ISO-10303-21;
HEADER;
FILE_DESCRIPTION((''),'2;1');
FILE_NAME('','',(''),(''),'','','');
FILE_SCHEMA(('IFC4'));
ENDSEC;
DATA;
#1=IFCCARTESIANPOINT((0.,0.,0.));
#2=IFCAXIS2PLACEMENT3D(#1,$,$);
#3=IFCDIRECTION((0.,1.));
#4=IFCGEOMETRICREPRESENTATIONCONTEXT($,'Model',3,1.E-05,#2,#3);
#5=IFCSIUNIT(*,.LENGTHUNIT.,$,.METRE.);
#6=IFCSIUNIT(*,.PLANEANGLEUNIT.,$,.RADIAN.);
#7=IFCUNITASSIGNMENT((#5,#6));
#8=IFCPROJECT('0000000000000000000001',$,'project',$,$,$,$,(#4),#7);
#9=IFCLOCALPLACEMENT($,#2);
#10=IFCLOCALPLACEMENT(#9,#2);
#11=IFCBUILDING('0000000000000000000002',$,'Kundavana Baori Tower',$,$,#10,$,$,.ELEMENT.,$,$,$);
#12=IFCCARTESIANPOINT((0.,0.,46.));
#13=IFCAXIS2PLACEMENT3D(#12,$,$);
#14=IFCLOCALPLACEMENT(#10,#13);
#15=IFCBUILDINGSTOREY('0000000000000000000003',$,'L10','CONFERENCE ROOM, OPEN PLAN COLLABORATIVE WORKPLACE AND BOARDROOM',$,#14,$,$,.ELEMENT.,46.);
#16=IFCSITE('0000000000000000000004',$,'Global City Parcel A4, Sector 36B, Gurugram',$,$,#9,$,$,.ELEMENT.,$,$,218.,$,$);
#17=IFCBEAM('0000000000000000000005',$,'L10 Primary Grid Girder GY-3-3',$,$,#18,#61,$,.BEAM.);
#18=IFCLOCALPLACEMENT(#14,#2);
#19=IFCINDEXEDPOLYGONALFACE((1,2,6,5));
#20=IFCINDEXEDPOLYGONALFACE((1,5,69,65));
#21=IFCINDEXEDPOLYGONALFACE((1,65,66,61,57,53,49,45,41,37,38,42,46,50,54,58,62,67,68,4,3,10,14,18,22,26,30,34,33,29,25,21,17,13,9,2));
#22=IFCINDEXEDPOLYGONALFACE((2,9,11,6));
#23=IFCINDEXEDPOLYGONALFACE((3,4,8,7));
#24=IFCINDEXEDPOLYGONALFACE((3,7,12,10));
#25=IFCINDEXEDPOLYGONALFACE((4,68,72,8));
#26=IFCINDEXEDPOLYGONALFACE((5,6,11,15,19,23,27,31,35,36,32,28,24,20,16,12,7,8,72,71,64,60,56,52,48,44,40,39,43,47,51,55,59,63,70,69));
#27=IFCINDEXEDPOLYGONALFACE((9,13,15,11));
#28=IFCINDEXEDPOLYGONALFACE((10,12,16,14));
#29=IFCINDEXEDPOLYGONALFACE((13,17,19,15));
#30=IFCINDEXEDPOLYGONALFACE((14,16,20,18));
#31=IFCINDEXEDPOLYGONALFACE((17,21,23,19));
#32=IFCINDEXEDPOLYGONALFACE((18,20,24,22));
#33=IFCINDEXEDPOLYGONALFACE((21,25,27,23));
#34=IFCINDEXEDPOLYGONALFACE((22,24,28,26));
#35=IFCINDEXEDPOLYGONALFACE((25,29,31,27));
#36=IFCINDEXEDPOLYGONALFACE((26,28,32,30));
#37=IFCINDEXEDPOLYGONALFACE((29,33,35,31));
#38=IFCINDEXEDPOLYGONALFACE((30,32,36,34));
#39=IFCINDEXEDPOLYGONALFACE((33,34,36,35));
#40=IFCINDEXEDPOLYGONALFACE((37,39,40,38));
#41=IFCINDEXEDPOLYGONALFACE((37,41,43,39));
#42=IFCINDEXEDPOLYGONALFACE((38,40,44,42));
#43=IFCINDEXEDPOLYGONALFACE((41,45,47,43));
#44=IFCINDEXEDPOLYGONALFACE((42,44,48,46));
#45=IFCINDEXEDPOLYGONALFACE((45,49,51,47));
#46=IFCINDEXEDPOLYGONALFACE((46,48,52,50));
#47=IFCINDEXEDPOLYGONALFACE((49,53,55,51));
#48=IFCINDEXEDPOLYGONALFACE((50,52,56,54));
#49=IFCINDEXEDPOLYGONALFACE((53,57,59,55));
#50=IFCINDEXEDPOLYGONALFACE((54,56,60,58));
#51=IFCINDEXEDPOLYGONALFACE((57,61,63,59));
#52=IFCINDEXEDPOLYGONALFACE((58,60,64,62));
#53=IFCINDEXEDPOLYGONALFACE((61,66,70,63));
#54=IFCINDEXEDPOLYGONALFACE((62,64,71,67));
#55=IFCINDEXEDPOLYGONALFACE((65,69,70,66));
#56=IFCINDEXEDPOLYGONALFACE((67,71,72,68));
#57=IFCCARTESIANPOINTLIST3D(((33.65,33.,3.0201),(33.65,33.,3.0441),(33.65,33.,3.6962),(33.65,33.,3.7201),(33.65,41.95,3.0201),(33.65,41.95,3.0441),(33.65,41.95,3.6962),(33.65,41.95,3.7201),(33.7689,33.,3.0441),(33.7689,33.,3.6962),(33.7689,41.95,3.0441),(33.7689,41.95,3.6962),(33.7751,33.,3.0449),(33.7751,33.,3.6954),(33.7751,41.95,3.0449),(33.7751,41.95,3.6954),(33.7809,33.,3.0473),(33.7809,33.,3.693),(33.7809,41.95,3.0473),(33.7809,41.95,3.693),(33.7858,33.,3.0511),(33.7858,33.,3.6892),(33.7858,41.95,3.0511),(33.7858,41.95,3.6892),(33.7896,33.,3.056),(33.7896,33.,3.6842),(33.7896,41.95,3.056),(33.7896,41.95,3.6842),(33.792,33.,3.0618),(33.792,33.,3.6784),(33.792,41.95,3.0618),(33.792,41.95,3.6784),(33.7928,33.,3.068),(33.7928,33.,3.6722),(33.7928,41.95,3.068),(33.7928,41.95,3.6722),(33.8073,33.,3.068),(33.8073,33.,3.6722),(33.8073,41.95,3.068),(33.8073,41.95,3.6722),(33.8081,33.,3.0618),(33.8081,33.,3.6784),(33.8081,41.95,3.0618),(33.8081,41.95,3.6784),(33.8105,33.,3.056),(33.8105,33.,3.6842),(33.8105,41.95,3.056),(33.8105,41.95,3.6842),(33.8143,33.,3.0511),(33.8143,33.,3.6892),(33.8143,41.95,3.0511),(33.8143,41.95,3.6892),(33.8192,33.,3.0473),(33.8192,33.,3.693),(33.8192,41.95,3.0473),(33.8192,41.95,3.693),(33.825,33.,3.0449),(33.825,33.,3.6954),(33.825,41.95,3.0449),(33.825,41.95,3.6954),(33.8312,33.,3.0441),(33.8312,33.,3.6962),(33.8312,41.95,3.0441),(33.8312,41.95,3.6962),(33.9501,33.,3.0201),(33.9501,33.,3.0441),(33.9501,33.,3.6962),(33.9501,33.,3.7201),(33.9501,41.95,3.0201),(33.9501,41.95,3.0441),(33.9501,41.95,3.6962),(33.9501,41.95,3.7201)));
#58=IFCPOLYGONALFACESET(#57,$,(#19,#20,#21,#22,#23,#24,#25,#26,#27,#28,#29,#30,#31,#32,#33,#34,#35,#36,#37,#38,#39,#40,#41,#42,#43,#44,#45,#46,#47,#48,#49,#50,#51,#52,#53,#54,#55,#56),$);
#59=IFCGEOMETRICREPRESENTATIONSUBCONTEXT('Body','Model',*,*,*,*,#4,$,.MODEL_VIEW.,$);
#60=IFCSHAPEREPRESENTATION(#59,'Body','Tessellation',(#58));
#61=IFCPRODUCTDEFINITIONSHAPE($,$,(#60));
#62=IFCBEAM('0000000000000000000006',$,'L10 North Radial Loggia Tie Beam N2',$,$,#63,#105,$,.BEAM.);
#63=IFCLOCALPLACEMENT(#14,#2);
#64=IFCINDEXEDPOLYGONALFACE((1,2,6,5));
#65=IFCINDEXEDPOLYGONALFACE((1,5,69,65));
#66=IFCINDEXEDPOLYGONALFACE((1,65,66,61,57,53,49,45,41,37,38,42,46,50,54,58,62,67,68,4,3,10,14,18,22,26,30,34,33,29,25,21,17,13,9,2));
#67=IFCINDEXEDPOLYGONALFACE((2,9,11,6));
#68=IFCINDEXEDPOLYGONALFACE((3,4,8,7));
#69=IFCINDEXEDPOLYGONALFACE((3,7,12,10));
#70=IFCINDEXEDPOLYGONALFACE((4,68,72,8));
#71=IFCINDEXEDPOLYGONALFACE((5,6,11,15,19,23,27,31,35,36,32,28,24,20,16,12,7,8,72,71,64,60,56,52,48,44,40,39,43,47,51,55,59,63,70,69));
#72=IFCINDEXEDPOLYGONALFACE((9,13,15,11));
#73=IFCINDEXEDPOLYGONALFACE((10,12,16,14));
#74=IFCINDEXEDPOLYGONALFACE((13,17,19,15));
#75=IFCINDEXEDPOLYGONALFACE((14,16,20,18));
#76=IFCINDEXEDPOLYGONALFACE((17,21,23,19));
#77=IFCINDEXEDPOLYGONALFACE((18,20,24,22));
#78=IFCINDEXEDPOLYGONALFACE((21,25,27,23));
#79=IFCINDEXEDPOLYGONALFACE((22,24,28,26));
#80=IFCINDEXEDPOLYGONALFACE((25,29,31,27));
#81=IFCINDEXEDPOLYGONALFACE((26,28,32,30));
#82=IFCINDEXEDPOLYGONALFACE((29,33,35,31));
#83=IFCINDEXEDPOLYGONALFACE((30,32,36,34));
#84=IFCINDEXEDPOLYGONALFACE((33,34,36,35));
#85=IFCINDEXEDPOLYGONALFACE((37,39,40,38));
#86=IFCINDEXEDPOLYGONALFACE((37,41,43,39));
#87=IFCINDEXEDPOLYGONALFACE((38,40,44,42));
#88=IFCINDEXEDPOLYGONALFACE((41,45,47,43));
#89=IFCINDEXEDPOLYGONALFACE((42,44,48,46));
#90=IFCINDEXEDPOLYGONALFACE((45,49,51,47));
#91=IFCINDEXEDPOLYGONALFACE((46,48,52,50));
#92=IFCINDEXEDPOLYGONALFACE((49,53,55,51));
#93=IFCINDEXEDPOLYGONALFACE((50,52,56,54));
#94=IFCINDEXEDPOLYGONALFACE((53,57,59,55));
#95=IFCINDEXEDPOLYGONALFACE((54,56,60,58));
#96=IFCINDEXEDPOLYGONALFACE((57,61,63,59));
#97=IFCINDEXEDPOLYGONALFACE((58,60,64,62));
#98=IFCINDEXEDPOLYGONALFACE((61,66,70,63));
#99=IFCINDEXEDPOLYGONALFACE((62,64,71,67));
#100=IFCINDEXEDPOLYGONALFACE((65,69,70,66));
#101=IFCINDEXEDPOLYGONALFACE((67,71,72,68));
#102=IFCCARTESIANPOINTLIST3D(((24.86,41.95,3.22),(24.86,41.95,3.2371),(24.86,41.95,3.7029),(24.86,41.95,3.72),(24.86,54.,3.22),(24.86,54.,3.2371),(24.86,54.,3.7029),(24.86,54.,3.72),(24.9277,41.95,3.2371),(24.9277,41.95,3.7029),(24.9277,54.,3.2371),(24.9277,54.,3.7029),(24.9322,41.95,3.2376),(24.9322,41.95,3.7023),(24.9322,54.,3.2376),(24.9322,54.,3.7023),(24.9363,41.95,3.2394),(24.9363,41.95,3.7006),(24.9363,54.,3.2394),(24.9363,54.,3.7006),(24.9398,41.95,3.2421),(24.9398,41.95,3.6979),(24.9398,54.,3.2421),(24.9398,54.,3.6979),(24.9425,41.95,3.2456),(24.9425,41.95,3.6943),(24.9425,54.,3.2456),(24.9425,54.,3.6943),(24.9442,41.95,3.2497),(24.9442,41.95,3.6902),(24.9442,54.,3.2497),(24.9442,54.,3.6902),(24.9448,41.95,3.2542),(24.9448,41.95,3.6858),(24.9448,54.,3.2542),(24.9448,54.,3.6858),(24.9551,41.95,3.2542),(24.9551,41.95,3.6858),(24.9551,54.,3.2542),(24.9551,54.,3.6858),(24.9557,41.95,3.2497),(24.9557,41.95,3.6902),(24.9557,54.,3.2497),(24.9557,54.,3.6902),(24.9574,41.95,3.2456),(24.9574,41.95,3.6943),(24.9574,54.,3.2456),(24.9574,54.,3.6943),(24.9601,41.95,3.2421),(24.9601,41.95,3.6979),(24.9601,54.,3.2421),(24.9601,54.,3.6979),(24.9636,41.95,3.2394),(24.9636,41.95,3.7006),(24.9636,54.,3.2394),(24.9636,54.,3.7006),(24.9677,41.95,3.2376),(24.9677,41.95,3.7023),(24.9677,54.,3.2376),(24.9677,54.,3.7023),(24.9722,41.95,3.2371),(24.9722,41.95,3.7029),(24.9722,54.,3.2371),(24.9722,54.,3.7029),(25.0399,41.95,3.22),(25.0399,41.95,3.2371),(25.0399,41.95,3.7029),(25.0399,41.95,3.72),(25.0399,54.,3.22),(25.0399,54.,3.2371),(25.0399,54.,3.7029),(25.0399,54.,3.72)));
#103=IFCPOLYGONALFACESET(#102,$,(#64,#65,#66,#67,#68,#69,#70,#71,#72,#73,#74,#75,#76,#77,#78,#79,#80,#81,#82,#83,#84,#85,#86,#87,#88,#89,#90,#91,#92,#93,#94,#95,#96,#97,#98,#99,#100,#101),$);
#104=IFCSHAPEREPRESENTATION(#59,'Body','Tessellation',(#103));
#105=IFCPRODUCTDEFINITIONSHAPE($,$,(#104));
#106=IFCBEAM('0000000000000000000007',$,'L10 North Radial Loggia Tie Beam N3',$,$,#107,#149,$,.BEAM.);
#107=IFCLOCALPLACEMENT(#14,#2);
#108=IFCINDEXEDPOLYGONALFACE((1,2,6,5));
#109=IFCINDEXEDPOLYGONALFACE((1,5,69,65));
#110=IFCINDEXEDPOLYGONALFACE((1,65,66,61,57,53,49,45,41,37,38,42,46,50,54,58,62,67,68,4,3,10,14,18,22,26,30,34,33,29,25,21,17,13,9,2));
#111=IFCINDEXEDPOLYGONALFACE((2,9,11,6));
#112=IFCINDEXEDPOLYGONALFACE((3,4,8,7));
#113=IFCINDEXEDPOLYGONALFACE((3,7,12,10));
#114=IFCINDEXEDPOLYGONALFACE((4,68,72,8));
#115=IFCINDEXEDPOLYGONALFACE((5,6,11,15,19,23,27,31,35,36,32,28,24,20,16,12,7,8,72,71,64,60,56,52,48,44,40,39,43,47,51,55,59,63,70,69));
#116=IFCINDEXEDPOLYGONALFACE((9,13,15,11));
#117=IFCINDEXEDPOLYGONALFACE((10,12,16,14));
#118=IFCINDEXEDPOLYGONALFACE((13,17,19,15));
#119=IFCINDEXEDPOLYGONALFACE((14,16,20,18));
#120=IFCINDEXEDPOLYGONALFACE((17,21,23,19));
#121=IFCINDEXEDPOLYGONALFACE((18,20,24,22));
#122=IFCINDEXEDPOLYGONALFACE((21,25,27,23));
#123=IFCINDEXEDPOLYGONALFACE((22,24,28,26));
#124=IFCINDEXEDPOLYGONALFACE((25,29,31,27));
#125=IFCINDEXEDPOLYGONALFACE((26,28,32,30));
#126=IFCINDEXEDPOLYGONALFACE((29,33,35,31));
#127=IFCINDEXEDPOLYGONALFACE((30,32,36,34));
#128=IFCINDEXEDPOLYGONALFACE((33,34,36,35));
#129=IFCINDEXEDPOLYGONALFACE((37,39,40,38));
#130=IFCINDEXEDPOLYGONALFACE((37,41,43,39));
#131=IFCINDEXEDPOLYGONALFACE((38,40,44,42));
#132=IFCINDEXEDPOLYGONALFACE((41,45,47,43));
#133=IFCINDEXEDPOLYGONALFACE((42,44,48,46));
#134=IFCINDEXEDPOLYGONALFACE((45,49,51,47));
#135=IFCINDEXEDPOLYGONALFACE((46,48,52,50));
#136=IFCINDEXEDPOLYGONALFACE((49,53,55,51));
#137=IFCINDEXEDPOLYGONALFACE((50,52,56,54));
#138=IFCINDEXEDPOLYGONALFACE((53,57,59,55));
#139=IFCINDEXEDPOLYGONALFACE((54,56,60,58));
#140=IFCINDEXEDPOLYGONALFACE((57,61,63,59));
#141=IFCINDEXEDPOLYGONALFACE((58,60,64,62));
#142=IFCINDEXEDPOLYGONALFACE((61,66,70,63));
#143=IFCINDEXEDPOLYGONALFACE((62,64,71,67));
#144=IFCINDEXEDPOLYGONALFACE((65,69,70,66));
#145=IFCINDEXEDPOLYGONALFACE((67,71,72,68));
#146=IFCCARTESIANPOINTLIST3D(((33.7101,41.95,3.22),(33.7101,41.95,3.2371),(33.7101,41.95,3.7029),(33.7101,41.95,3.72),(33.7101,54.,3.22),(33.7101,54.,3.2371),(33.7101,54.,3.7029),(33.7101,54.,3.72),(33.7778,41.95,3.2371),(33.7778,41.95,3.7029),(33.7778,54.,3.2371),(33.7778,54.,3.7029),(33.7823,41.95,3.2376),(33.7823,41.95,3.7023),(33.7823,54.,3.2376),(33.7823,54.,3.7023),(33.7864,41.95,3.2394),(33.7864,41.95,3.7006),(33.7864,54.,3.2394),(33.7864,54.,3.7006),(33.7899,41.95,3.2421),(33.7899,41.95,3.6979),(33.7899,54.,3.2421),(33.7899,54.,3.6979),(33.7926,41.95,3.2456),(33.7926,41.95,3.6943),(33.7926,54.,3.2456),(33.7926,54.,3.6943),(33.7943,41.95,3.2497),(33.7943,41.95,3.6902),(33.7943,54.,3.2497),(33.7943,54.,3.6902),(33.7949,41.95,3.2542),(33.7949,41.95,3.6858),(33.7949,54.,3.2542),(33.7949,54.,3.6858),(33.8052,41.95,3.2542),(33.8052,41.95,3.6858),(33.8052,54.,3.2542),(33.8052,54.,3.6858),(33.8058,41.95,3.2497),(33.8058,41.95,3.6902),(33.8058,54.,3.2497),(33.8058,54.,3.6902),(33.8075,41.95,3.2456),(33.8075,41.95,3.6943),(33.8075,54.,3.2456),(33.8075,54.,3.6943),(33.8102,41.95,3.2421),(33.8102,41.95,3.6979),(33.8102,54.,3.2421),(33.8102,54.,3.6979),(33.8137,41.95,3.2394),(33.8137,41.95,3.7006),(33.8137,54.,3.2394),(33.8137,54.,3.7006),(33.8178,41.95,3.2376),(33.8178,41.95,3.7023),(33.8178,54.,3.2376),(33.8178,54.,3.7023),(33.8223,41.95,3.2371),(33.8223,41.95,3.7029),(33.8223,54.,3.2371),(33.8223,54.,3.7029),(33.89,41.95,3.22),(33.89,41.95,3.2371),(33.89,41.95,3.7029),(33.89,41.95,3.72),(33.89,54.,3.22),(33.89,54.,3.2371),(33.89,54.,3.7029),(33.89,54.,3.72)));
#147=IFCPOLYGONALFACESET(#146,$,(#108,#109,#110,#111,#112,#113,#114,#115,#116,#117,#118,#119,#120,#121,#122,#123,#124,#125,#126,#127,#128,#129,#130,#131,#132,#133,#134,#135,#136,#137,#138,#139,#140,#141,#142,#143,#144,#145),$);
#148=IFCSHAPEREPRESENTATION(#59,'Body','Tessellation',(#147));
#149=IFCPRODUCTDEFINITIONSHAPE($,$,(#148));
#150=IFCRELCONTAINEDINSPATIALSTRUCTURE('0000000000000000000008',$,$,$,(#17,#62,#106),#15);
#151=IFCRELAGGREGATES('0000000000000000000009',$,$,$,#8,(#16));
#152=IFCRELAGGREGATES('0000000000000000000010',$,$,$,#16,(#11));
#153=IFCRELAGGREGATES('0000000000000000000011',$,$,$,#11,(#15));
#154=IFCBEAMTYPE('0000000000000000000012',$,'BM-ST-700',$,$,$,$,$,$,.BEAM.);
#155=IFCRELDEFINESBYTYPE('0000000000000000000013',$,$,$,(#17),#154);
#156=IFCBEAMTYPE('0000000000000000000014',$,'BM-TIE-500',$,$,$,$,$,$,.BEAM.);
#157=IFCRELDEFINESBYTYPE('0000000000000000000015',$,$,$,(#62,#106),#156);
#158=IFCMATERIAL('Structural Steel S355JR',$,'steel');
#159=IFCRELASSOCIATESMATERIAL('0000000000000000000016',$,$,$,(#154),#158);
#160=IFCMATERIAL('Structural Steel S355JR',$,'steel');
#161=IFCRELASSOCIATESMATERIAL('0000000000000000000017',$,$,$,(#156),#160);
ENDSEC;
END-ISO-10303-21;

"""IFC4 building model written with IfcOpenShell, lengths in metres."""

from ifc_helpers import new_model, si_unit, direction, frame, origin, origin_2d, place, context, subcontext, project, spatial, i_section, extrude, material, material_profile, profile_set, type_object, element, save


model = new_model("IFC4")

# Units and contexts
model_context = context("Model", 3, precision=1e-05, world=origin(), true_north=direction((0.0, 1.0)))
body_context = subcontext(model_context, "Body", "Model", "MODEL_VIEW")
ifc_project = project(units=[si_unit("LENGTHUNIT", "METRE"), si_unit("PLANEANGLEUNIT", "RADIAN")], contexts=[model_context])

# Site, building, storey
site_placement = place(None, origin())
site = spatial("IfcSite", under=ifc_project, at=site_placement, Name="Global City Parcel A4, Sector 36B, Gurugram", CompositionType="ELEMENT", RefElevation=218.0)
building_placement = place(site_placement, origin())
building = spatial("IfcBuilding", under=site, at=building_placement, Name="Kundavana Baori Tower", CompositionType="ELEMENT")
storey_placement = place(building_placement, frame((0.0, 0.0, 46.0)))
storey = spatial("IfcBuildingStorey", under=building, at=storey_placement, Name="L10", Description="CONFERENCE ROOM, OPEN PLAN COLLABORATIVE WORKPLACE AND BOARDROOM", CompositionType="ELEMENT", Elevation=46.0)

# Beams
ifc_material_1 = material(Name="Structural Steel S355JR", Category="steel")
ifc_material_profile_1 = material_profile(ifc_material_1, i_section(OverallWidth=0.3, OverallDepth=0.7, WebThickness=0.0144, FlangeThickness=0.0239, FilletRadius=0.0239, at=origin_2d()), Name="NPB 700x300x170")
ifc_profile_set_1 = profile_set([ifc_material_profile_1], Name="Structural Steel S355JR")
beam_type_1 = type_object("IfcBeamType", Name="BM-ST-700", PredefinedType="BEAM", material=ifc_profile_set_1)
beam_1_placement = place(storey_placement, frame((33.8, 33.0, 3.3701), z_axis=(0.0, 1.0, 0.0), x_axis=(-1.0, 0.0, 0.0)))
element("IfcBeam", 1, at=beam_1_placement, inside=storey, type_object=beam_type_1, Name="L10 Primary Grid Girder GY-3-3", PredefinedType="BEAM", context=body_context, shape_type="SweptSolid", body=[
    extrude(i_section(OverallWidth=0.3, OverallDepth=0.7, WebThickness=0.0144, FlangeThickness=0.0239, FilletRadius=0.0239, at=origin_2d()), origin(), (0.0, 0.0, 1.0), 8.95),
])
ifc_material_2 = material(Name="Structural Steel S355JR", Category="steel")
ifc_material_profile_2 = material_profile(ifc_material_2, i_section(OverallWidth=0.1799, OverallDepth=0.5, WebThickness=0.0103, FlangeThickness=0.0171, FilletRadius=0.0171, at=origin_2d()), Name="ISMB 500")
ifc_profile_set_2 = profile_set([ifc_material_profile_2], Name="Structural Steel S355JR")
beam_type_2 = type_object("IfcBeamType", Name="BM-TIE-500", PredefinedType="BEAM", material=ifc_profile_set_2)
for number, where, z_axis, x_axis, name in (
    (2, (24.95, 41.95, 3.47), (0.0, 1.0, 0.0), (-1.0, 0.0, 0.0), "L10 North Radial Loggia Tie Beam N2"),
    (3, (33.8, 41.95, 3.47), (0.0, 1.0, 0.0), (-1.0, 0.0, 0.0), "L10 North Radial Loggia Tie Beam N3"),
):
    element("IfcBeam", number, at=place(storey_placement, frame(where, z_axis=z_axis, x_axis=x_axis)), inside=storey, type_object=beam_type_2, Name=name, PredefinedType="BEAM", context=body_context, shape_type="SweptSolid", body=[
        extrude(i_section(OverallWidth=0.1799, OverallDepth=0.5, WebThickness=0.0103, FlangeThickness=0.0171, FilletRadius=0.0171, at=origin_2d()), origin(), (0.0, 0.0, 1.0), 12.05),
    ])

save(model, "model.ifc")
